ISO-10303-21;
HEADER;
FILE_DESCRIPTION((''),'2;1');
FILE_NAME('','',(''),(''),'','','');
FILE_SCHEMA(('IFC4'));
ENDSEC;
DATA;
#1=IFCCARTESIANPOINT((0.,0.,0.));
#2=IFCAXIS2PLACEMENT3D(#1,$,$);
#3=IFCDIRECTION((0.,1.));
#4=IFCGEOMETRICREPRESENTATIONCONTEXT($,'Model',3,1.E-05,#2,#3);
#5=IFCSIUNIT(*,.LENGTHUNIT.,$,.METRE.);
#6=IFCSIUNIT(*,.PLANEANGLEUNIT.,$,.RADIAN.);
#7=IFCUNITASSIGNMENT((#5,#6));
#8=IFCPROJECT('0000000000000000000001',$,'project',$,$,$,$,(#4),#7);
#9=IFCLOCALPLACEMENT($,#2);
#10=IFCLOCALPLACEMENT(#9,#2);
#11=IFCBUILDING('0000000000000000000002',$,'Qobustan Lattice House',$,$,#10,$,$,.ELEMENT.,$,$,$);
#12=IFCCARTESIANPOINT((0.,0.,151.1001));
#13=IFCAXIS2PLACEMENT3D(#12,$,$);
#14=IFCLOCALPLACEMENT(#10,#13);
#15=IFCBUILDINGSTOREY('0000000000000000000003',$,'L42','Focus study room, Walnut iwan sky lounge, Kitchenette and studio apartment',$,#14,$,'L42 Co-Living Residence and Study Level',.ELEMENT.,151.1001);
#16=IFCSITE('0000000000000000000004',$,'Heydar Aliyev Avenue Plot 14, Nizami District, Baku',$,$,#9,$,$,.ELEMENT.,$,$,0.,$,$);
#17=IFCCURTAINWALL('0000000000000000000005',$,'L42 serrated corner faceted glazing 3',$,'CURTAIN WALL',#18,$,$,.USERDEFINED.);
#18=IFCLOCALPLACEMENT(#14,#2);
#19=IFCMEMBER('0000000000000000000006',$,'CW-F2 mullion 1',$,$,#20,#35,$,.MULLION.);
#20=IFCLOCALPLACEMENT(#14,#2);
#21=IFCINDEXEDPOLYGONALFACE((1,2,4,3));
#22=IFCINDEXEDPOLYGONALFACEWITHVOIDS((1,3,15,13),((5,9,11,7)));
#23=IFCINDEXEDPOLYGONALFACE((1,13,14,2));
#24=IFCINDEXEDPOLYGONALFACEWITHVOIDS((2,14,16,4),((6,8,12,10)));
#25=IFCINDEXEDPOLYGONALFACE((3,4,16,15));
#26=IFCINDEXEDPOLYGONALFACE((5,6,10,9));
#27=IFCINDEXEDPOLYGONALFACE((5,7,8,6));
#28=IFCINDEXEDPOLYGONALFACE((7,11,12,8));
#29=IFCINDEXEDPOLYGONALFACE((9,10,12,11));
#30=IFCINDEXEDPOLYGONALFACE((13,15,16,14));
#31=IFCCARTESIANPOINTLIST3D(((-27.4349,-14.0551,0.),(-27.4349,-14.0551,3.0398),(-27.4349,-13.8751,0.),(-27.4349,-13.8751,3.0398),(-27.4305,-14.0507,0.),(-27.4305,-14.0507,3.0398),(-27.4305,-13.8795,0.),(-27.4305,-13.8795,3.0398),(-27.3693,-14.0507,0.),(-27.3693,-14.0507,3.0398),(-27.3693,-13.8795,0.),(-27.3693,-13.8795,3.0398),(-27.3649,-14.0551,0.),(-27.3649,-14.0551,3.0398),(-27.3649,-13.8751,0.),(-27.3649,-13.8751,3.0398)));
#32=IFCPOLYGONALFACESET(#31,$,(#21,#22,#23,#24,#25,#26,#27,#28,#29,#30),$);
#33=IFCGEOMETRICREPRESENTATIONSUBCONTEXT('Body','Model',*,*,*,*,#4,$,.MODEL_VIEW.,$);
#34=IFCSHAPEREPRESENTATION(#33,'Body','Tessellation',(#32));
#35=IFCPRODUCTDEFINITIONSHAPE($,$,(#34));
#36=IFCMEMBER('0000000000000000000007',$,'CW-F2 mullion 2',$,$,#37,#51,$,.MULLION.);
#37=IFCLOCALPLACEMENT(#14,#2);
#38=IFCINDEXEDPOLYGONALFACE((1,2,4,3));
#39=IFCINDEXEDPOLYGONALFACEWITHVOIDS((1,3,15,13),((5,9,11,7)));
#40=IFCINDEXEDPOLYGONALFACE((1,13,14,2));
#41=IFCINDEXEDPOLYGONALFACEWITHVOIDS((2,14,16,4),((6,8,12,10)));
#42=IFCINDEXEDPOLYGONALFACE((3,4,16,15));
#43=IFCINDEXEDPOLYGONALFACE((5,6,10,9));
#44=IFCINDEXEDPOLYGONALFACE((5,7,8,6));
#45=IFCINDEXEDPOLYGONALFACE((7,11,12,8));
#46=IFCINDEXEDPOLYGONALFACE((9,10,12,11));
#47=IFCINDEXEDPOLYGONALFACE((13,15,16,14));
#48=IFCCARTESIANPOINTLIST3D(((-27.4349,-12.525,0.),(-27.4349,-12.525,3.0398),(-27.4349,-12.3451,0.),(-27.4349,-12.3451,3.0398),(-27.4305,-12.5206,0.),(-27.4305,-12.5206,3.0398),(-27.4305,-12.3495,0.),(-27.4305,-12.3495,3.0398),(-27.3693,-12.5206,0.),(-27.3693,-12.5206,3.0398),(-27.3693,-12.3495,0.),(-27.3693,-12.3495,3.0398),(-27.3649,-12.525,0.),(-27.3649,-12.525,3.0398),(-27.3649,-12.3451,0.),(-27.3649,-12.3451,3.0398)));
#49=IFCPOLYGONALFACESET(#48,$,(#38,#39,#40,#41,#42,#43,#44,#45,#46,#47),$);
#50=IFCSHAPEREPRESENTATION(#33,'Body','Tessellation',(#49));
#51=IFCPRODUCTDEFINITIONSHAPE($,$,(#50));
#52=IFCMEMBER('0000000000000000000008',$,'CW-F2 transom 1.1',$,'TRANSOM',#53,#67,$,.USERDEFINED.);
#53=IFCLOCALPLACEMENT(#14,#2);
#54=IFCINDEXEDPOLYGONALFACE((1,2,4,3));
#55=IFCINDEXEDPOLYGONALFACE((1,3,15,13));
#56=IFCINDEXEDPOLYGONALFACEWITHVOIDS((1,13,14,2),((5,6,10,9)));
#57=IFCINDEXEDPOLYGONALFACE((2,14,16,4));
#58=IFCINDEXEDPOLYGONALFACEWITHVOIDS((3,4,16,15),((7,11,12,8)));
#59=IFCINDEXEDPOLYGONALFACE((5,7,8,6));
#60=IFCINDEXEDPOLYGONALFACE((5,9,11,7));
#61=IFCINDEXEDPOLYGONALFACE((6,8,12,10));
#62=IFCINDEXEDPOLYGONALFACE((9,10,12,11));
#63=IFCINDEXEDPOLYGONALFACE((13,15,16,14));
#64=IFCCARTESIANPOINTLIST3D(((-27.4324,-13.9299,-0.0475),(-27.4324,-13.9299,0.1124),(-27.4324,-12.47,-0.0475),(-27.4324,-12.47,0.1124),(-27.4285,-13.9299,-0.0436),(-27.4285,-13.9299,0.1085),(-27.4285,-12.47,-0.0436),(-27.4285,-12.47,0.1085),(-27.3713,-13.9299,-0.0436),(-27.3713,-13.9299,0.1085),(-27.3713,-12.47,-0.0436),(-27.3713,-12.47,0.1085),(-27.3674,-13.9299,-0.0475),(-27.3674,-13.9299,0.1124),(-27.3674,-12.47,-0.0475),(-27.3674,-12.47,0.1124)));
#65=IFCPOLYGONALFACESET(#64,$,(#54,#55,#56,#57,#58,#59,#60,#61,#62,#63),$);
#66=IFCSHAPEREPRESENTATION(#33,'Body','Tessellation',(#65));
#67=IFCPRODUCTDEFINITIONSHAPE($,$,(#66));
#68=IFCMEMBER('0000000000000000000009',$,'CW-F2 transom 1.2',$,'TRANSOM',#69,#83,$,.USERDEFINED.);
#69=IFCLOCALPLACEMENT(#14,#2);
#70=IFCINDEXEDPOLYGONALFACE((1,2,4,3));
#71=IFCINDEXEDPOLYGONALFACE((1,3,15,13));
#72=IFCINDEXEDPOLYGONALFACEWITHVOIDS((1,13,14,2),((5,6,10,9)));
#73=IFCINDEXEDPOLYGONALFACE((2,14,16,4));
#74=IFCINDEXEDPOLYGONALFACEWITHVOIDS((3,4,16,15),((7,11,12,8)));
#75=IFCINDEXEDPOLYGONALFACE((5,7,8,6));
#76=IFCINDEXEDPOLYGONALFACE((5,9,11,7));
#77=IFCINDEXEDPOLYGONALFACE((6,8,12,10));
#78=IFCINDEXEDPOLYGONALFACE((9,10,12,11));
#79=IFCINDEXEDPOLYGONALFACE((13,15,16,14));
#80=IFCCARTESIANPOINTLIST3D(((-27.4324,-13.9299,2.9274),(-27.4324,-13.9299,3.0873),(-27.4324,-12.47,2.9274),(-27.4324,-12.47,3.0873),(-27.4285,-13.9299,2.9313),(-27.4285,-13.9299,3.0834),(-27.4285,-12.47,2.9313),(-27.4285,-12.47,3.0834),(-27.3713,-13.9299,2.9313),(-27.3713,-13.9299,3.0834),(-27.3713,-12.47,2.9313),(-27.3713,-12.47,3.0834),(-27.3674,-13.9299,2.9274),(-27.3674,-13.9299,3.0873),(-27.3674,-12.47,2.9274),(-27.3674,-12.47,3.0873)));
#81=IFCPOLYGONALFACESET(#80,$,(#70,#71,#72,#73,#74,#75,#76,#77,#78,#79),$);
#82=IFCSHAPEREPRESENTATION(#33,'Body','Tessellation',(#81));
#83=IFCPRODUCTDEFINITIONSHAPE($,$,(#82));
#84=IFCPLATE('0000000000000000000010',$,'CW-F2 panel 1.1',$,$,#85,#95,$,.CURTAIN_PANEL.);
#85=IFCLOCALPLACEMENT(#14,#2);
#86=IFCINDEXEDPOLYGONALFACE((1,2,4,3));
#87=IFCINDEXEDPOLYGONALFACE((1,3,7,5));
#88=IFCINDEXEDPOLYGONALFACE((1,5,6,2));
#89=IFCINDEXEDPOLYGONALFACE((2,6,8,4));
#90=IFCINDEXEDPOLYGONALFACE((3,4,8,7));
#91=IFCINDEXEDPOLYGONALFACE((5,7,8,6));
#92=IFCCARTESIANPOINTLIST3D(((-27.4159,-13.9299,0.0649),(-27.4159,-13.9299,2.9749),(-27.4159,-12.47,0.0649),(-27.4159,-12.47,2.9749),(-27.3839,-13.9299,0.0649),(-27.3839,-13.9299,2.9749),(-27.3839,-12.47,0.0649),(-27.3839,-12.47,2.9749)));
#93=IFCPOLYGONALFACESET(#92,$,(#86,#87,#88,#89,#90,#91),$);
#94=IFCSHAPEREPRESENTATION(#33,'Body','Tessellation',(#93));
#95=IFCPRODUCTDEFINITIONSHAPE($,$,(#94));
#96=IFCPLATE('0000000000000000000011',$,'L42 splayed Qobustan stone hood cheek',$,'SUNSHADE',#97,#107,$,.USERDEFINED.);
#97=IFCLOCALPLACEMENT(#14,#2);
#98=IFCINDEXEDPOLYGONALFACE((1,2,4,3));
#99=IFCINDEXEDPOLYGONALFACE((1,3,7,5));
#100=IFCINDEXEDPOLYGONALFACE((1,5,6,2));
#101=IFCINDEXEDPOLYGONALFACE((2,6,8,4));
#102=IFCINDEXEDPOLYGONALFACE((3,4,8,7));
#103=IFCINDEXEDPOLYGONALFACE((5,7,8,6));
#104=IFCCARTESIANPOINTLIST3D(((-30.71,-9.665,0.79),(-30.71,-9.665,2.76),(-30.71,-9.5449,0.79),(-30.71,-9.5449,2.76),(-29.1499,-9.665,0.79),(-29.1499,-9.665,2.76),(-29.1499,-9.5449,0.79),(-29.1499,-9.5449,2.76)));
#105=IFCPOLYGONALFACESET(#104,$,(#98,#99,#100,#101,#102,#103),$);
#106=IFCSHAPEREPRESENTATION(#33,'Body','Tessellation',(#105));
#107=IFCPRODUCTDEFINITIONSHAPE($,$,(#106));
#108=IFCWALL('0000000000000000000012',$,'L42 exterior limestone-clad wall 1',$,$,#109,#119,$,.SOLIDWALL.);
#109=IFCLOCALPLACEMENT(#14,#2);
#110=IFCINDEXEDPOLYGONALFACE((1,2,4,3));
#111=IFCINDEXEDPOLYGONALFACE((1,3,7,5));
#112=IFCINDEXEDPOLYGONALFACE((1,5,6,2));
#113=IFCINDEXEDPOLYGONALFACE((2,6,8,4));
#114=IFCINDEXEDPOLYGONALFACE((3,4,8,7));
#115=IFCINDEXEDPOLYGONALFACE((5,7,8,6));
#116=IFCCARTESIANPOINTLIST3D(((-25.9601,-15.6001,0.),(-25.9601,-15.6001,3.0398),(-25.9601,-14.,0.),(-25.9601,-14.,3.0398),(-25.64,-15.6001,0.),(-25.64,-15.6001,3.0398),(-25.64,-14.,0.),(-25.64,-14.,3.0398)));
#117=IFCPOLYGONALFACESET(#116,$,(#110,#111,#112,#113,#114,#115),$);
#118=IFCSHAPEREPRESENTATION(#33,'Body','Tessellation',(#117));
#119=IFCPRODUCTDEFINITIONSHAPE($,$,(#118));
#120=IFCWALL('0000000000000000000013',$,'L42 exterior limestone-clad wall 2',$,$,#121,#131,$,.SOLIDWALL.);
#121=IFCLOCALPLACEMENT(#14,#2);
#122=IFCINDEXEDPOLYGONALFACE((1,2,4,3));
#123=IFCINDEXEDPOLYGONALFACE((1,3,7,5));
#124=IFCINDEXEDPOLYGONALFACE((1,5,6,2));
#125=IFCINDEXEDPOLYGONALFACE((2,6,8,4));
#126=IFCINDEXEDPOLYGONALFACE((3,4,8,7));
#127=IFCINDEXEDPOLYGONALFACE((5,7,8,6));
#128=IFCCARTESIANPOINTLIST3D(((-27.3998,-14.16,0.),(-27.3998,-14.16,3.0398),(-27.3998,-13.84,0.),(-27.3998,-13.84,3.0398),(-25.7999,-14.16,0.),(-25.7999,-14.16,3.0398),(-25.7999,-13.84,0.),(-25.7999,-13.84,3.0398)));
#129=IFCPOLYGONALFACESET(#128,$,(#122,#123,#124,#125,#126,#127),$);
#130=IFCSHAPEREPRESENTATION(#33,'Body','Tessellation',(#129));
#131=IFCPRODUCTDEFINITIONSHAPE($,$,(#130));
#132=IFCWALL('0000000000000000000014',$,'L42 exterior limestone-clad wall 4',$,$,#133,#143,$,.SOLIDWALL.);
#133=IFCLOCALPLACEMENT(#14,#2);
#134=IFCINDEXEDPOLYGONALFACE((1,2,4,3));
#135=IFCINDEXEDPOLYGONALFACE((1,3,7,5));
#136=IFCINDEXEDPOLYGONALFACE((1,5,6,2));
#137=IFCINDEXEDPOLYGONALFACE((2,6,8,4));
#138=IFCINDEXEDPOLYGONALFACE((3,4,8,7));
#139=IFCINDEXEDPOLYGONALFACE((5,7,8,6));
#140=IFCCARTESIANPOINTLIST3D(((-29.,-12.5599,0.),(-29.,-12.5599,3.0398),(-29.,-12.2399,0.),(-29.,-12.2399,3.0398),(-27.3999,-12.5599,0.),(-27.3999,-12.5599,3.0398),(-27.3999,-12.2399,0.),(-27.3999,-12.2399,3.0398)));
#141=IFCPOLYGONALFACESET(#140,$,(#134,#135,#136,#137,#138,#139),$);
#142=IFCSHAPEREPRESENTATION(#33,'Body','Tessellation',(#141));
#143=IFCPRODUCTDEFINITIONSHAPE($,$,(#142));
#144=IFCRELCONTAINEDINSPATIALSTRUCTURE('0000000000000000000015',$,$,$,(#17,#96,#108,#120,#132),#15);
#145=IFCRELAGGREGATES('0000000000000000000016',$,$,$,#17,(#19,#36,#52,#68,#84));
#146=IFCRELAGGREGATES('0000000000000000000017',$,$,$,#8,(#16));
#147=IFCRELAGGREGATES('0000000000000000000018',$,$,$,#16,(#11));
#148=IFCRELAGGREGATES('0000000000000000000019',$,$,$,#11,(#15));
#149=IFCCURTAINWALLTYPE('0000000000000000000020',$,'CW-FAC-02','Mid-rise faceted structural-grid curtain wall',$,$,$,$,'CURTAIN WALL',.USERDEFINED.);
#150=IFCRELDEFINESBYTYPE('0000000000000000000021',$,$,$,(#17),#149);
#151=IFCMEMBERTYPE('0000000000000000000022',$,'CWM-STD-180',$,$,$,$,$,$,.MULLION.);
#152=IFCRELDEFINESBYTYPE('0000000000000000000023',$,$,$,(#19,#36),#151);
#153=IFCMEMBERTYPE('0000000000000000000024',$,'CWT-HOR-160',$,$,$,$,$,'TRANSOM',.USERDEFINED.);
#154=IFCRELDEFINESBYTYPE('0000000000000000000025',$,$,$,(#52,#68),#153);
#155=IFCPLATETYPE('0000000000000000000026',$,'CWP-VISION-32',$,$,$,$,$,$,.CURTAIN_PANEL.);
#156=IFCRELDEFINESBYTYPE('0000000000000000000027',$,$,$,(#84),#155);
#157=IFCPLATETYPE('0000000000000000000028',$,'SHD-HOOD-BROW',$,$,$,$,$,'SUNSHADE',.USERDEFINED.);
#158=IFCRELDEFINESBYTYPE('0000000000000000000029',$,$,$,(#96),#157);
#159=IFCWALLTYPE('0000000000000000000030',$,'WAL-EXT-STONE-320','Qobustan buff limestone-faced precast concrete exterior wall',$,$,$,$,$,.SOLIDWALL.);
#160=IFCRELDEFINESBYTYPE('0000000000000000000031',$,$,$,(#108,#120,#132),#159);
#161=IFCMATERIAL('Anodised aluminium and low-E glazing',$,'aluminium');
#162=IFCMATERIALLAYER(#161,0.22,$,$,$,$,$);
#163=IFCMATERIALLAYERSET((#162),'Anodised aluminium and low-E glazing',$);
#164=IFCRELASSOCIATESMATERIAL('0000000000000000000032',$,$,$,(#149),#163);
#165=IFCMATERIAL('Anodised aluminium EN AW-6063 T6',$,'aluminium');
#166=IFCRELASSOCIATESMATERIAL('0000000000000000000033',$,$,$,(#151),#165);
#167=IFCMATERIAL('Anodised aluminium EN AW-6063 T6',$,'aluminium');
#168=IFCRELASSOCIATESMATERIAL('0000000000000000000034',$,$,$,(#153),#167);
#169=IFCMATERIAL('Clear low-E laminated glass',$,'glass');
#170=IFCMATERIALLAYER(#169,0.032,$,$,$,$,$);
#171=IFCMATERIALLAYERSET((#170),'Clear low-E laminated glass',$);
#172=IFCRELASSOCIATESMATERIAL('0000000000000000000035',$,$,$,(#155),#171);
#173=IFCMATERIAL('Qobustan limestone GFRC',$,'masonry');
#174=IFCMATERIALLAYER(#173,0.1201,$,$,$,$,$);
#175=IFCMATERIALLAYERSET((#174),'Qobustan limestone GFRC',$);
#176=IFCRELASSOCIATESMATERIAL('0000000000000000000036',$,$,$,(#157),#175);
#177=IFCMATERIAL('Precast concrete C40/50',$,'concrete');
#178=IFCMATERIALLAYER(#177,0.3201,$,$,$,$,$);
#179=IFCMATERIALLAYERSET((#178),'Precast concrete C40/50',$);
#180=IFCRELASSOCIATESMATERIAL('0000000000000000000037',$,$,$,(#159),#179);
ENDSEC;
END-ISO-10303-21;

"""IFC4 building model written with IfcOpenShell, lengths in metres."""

from ifc_helpers import new_model, si_unit, direction, frame, frame_2d, origin, origin_2d, place, context, subcontext, project, spatial, rectangle, hollow_rectangle, extrude, material, layer, layer_set, material_profile, profile_set, type_object, element, aggregate, save


model = new_model("IFC4")

# Units and contexts
model_context = context("Model", 3, precision=1e-05, world=origin(), true_north=direction((0.0, 1.0)))
body_context = subcontext(model_context, "Body", "Model", "MODEL_VIEW")
ifc_project = project(units=[si_unit("LENGTHUNIT", "METRE"), si_unit("PLANEANGLEUNIT", "RADIAN")], contexts=[model_context])

# Site, building, storey
site_placement = place(None, origin())
site = spatial("IfcSite", under=ifc_project, at=site_placement, Name="Heydar Aliyev Avenue Plot 14, Nizami District, Baku", CompositionType="ELEMENT", RefElevation=0.0)
building_placement = place(site_placement, origin())
building = spatial("IfcBuilding", under=site, at=building_placement, Name="Qobustan Lattice House", CompositionType="ELEMENT")
storey_placement = place(building_placement, frame((0.0, 0.0, 151.1001)))
storey = spatial("IfcBuildingStorey", under=building, at=storey_placement, Name="L42", Description="Focus study room, Walnut iwan sky lounge, Kitchenette and studio apartment", LongName="L42 Co-Living Residence and Study Level", CompositionType="ELEMENT", Elevation=151.1001)

# Curtain wall, members, plate
ifc_material_1 = material(Name="Anodised aluminium and low-E glazing", Category="aluminium")
ifc_layer_1 = layer(ifc_material_1, 0.22)
ifc_layer_set_1 = layer_set([ifc_layer_1], Name="Anodised aluminium and low-E glazing")
curtain_wall_type = type_object("IfcCurtainWallType", Name="CW-FAC-02", Description="Mid-rise faceted structural-grid curtain wall", ElementType="CURTAIN WALL", PredefinedType="USERDEFINED", material=ifc_layer_set_1)
curtain_wall_placement = place(storey_placement, origin())
curtain_wall = element("IfcCurtainWall", 1, at=curtain_wall_placement, inside=storey, type_object=curtain_wall_type, Name="L42 serrated corner faceted glazing 3", ObjectType="CURTAIN WALL", PredefinedType="USERDEFINED")
ifc_material_2 = material(Name="Anodised aluminium EN AW-6063 T6", Category="aluminium")
ifc_material_profile_1 = material_profile(ifc_material_2, hollow_rectangle(XDim=0.0701, YDim=0.1799, WallThickness=0.0044, at=origin_2d()), Name="CWM-180x70")
ifc_profile_set_1 = profile_set([ifc_material_profile_1], Name="Anodised aluminium EN AW-6063 T6")
member_type_1 = type_object("IfcMemberType", Name="CWM-STD-180", PredefinedType="MULLION", material=ifc_profile_set_1)
member_1_placement = place(storey_placement, frame((-27.3999, -13.9651, 0.0), z_axis=(0.0, 0.0, 1.0), x_axis=(-1.0, 0.0, 0.0)))
member_1 = element("IfcMember", 2, at=member_1_placement, type_object=member_type_1, Name="CW-F2 mullion 1", PredefinedType="MULLION", context=body_context, shape_type="SweptSolid", body=[
    extrude(hollow_rectangle(XDim=0.0701, YDim=0.1799, WallThickness=0.0044, at=origin_2d()), origin(), (0.0, 0.0, 1.0), 3.0398),
])
member_2_placement = place(storey_placement, frame((-27.3999, -12.4351, 0.0), z_axis=(0.0, 0.0, 1.0), x_axis=(-1.0, 0.0, 0.0)))
member_2 = element("IfcMember", 3, at=member_2_placement, type_object=member_type_1, Name="CW-F2 mullion 2", PredefinedType="MULLION", context=body_context, shape_type="SweptSolid", body=[
    extrude(hollow_rectangle(XDim=0.0701, YDim=0.1799, WallThickness=0.0044, at=origin_2d()), origin(), (0.0, 0.0, 1.0), 3.0398),
])
ifc_material_3 = material(Name="Anodised aluminium EN AW-6063 T6", Category="aluminium")
ifc_material_profile_2 = material_profile(ifc_material_3, hollow_rectangle(XDim=0.0649, YDim=0.1599, WallThickness=0.0039, at=origin_2d()), Name="CWT-160x65")
ifc_profile_set_2 = profile_set([ifc_material_profile_2], Name="Anodised aluminium EN AW-6063 T6")
member_type_2 = type_object("IfcMemberType", Name="CWT-HOR-160", ElementType="TRANSOM", PredefinedType="USERDEFINED", material=ifc_profile_set_2)
member_3_placement = place(storey_placement, frame((-27.3999, -13.9299, 0.0325), z_axis=(0.0, 1.0, 0.0), x_axis=(-1.0, 0.0, 0.0)))
member_3 = element("IfcMember", 4, at=member_3_placement, type_object=member_type_2, Name="CW-F2 transom 1.1", ObjectType="TRANSOM", PredefinedType="USERDEFINED", context=body_context, shape_type="SweptSolid", body=[
    extrude(hollow_rectangle(XDim=0.0649, YDim=0.1599, WallThickness=0.0039, at=origin_2d()), origin(), (0.0, 0.0, 1.0), 1.46),
])
member_4_placement = place(storey_placement, frame((-27.3999, -13.9299, 3.0073), z_axis=(0.0, 1.0, 0.0), x_axis=(-1.0, 0.0, 0.0)))
member_4 = element("IfcMember", 5, at=member_4_placement, type_object=member_type_2, Name="CW-F2 transom 1.2", ObjectType="TRANSOM", PredefinedType="USERDEFINED", context=body_context, shape_type="SweptSolid", body=[
    extrude(hollow_rectangle(XDim=0.0649, YDim=0.1599, WallThickness=0.0039, at=origin_2d()), origin(), (0.0, 0.0, 1.0), 1.46),
])
ifc_material_4 = material(Name="Clear low-E laminated glass", Category="glass")
ifc_layer_2 = layer(ifc_material_4, 0.032)
ifc_layer_set_2 = layer_set([ifc_layer_2], Name="Clear low-E laminated glass")
plate_type_1 = type_object("IfcPlateType", Name="CWP-VISION-32", PredefinedType="CURTAIN_PANEL", material=ifc_layer_set_2)
plate_1_placement = place(storey_placement, frame((-27.3999, -13.2, 0.0649), z_axis=(0.0, 0.0, 1.0), x_axis=(0.0, 1.0, 0.0)))
plate_1 = element("IfcPlate", 6, at=plate_1_placement, type_object=plate_type_1, Name="CW-F2 panel 1.1", PredefinedType="CURTAIN_PANEL", context=body_context, shape_type="SweptSolid", body=[
    extrude(rectangle(XDim=1.46, YDim=0.032, at=origin_2d()), origin(), (0.0, 0.0, 1.0), 2.9099),
])
aggregate(curtain_wall, [member_1, member_2, member_3, member_4, plate_1])

# Plate
ifc_material_5 = material(Name="Qobustan limestone GFRC", Category="masonry")
ifc_layer_3 = layer(ifc_material_5, 0.1201)
ifc_layer_set_3 = layer_set([ifc_layer_3], Name="Qobustan limestone GFRC")
plate_type_2 = type_object("IfcPlateType", Name="SHD-HOOD-BROW", ElementType="SUNSHADE", PredefinedType="USERDEFINED", material=ifc_layer_set_3)
plate_2_placement = place(storey_placement, frame((-29.9299, -9.605, 0.79), z_axis=(0.0, 0.0, 1.0), x_axis=(0.0, 1.0, 0.0)))
element("IfcPlate", 7, at=plate_2_placement, inside=storey, type_object=plate_type_2, Name="L42 splayed Qobustan stone hood cheek", ObjectType="SUNSHADE", PredefinedType="USERDEFINED", context=body_context, shape_type="SweptSolid", body=[
    extrude(rectangle(XDim=0.1201, YDim=1.5601, at=origin_2d()), origin(), (0.0, 0.0, 1.0), 1.97),
])

# Walls
ifc_material_6 = material(Name="Precast concrete C40/50", Category="concrete")
ifc_layer_4 = layer(ifc_material_6, 0.3201)
ifc_layer_set_4 = layer_set([ifc_layer_4], Name="Precast concrete C40/50")
wall_type = type_object("IfcWallType", Name="WAL-EXT-STONE-320", Description="Qobustan buff limestone-faced precast concrete exterior wall", PredefinedType="SOLIDWALL", material=ifc_layer_set_4)
wall_1_placement = place(storey_placement, frame((-25.8, -15.6001, 0.0), z_axis=(0.0, 0.0, 1.0), x_axis=(0.0, 1.0, 0.0)))
element("IfcWall", 8, at=wall_1_placement, inside=storey, type_object=wall_type, Name="L42 exterior limestone-clad wall 1", PredefinedType="SOLIDWALL", context=body_context, shape_type="SweptSolid", body=[
    extrude(rectangle(XDim=1.6001, YDim=0.3201, at=frame_2d((0.8, 0.0))), origin(), (0.0, 0.0, 1.0), 3.0398),
])
wall_2_placement = place(storey_placement, frame((-25.8, -14.0, 0.0), z_axis=(0.0, 0.0, 1.0), x_axis=(-1.0, 0.0, 0.0)))
element("IfcWall", 9, at=wall_2_placement, inside=storey, type_object=wall_type, Name="L42 exterior limestone-clad wall 2", PredefinedType="SOLIDWALL", context=body_context, shape_type="SweptSolid", body=[
    extrude(rectangle(XDim=1.5999, YDim=0.3201, at=frame_2d((0.7998, 0.0))), origin(), (0.0, 0.0, 1.0), 3.0398),
])
wall_3_placement = place(storey_placement, frame((-27.3999, -12.3999, 0.0), z_axis=(0.0, 0.0, 1.0), x_axis=(-1.0, 0.0, 0.0)))
element("IfcWall", 10, at=wall_3_placement, inside=storey, type_object=wall_type, Name="L42 exterior limestone-clad wall 4", PredefinedType="SOLIDWALL", context=body_context, shape_type="SweptSolid", body=[
    extrude(rectangle(XDim=1.6001, YDim=0.3201, at=frame_2d((0.8, 0.0))), origin(), (0.0, 0.0, 1.0), 3.0398),
])

save(model, "model.ifc")
